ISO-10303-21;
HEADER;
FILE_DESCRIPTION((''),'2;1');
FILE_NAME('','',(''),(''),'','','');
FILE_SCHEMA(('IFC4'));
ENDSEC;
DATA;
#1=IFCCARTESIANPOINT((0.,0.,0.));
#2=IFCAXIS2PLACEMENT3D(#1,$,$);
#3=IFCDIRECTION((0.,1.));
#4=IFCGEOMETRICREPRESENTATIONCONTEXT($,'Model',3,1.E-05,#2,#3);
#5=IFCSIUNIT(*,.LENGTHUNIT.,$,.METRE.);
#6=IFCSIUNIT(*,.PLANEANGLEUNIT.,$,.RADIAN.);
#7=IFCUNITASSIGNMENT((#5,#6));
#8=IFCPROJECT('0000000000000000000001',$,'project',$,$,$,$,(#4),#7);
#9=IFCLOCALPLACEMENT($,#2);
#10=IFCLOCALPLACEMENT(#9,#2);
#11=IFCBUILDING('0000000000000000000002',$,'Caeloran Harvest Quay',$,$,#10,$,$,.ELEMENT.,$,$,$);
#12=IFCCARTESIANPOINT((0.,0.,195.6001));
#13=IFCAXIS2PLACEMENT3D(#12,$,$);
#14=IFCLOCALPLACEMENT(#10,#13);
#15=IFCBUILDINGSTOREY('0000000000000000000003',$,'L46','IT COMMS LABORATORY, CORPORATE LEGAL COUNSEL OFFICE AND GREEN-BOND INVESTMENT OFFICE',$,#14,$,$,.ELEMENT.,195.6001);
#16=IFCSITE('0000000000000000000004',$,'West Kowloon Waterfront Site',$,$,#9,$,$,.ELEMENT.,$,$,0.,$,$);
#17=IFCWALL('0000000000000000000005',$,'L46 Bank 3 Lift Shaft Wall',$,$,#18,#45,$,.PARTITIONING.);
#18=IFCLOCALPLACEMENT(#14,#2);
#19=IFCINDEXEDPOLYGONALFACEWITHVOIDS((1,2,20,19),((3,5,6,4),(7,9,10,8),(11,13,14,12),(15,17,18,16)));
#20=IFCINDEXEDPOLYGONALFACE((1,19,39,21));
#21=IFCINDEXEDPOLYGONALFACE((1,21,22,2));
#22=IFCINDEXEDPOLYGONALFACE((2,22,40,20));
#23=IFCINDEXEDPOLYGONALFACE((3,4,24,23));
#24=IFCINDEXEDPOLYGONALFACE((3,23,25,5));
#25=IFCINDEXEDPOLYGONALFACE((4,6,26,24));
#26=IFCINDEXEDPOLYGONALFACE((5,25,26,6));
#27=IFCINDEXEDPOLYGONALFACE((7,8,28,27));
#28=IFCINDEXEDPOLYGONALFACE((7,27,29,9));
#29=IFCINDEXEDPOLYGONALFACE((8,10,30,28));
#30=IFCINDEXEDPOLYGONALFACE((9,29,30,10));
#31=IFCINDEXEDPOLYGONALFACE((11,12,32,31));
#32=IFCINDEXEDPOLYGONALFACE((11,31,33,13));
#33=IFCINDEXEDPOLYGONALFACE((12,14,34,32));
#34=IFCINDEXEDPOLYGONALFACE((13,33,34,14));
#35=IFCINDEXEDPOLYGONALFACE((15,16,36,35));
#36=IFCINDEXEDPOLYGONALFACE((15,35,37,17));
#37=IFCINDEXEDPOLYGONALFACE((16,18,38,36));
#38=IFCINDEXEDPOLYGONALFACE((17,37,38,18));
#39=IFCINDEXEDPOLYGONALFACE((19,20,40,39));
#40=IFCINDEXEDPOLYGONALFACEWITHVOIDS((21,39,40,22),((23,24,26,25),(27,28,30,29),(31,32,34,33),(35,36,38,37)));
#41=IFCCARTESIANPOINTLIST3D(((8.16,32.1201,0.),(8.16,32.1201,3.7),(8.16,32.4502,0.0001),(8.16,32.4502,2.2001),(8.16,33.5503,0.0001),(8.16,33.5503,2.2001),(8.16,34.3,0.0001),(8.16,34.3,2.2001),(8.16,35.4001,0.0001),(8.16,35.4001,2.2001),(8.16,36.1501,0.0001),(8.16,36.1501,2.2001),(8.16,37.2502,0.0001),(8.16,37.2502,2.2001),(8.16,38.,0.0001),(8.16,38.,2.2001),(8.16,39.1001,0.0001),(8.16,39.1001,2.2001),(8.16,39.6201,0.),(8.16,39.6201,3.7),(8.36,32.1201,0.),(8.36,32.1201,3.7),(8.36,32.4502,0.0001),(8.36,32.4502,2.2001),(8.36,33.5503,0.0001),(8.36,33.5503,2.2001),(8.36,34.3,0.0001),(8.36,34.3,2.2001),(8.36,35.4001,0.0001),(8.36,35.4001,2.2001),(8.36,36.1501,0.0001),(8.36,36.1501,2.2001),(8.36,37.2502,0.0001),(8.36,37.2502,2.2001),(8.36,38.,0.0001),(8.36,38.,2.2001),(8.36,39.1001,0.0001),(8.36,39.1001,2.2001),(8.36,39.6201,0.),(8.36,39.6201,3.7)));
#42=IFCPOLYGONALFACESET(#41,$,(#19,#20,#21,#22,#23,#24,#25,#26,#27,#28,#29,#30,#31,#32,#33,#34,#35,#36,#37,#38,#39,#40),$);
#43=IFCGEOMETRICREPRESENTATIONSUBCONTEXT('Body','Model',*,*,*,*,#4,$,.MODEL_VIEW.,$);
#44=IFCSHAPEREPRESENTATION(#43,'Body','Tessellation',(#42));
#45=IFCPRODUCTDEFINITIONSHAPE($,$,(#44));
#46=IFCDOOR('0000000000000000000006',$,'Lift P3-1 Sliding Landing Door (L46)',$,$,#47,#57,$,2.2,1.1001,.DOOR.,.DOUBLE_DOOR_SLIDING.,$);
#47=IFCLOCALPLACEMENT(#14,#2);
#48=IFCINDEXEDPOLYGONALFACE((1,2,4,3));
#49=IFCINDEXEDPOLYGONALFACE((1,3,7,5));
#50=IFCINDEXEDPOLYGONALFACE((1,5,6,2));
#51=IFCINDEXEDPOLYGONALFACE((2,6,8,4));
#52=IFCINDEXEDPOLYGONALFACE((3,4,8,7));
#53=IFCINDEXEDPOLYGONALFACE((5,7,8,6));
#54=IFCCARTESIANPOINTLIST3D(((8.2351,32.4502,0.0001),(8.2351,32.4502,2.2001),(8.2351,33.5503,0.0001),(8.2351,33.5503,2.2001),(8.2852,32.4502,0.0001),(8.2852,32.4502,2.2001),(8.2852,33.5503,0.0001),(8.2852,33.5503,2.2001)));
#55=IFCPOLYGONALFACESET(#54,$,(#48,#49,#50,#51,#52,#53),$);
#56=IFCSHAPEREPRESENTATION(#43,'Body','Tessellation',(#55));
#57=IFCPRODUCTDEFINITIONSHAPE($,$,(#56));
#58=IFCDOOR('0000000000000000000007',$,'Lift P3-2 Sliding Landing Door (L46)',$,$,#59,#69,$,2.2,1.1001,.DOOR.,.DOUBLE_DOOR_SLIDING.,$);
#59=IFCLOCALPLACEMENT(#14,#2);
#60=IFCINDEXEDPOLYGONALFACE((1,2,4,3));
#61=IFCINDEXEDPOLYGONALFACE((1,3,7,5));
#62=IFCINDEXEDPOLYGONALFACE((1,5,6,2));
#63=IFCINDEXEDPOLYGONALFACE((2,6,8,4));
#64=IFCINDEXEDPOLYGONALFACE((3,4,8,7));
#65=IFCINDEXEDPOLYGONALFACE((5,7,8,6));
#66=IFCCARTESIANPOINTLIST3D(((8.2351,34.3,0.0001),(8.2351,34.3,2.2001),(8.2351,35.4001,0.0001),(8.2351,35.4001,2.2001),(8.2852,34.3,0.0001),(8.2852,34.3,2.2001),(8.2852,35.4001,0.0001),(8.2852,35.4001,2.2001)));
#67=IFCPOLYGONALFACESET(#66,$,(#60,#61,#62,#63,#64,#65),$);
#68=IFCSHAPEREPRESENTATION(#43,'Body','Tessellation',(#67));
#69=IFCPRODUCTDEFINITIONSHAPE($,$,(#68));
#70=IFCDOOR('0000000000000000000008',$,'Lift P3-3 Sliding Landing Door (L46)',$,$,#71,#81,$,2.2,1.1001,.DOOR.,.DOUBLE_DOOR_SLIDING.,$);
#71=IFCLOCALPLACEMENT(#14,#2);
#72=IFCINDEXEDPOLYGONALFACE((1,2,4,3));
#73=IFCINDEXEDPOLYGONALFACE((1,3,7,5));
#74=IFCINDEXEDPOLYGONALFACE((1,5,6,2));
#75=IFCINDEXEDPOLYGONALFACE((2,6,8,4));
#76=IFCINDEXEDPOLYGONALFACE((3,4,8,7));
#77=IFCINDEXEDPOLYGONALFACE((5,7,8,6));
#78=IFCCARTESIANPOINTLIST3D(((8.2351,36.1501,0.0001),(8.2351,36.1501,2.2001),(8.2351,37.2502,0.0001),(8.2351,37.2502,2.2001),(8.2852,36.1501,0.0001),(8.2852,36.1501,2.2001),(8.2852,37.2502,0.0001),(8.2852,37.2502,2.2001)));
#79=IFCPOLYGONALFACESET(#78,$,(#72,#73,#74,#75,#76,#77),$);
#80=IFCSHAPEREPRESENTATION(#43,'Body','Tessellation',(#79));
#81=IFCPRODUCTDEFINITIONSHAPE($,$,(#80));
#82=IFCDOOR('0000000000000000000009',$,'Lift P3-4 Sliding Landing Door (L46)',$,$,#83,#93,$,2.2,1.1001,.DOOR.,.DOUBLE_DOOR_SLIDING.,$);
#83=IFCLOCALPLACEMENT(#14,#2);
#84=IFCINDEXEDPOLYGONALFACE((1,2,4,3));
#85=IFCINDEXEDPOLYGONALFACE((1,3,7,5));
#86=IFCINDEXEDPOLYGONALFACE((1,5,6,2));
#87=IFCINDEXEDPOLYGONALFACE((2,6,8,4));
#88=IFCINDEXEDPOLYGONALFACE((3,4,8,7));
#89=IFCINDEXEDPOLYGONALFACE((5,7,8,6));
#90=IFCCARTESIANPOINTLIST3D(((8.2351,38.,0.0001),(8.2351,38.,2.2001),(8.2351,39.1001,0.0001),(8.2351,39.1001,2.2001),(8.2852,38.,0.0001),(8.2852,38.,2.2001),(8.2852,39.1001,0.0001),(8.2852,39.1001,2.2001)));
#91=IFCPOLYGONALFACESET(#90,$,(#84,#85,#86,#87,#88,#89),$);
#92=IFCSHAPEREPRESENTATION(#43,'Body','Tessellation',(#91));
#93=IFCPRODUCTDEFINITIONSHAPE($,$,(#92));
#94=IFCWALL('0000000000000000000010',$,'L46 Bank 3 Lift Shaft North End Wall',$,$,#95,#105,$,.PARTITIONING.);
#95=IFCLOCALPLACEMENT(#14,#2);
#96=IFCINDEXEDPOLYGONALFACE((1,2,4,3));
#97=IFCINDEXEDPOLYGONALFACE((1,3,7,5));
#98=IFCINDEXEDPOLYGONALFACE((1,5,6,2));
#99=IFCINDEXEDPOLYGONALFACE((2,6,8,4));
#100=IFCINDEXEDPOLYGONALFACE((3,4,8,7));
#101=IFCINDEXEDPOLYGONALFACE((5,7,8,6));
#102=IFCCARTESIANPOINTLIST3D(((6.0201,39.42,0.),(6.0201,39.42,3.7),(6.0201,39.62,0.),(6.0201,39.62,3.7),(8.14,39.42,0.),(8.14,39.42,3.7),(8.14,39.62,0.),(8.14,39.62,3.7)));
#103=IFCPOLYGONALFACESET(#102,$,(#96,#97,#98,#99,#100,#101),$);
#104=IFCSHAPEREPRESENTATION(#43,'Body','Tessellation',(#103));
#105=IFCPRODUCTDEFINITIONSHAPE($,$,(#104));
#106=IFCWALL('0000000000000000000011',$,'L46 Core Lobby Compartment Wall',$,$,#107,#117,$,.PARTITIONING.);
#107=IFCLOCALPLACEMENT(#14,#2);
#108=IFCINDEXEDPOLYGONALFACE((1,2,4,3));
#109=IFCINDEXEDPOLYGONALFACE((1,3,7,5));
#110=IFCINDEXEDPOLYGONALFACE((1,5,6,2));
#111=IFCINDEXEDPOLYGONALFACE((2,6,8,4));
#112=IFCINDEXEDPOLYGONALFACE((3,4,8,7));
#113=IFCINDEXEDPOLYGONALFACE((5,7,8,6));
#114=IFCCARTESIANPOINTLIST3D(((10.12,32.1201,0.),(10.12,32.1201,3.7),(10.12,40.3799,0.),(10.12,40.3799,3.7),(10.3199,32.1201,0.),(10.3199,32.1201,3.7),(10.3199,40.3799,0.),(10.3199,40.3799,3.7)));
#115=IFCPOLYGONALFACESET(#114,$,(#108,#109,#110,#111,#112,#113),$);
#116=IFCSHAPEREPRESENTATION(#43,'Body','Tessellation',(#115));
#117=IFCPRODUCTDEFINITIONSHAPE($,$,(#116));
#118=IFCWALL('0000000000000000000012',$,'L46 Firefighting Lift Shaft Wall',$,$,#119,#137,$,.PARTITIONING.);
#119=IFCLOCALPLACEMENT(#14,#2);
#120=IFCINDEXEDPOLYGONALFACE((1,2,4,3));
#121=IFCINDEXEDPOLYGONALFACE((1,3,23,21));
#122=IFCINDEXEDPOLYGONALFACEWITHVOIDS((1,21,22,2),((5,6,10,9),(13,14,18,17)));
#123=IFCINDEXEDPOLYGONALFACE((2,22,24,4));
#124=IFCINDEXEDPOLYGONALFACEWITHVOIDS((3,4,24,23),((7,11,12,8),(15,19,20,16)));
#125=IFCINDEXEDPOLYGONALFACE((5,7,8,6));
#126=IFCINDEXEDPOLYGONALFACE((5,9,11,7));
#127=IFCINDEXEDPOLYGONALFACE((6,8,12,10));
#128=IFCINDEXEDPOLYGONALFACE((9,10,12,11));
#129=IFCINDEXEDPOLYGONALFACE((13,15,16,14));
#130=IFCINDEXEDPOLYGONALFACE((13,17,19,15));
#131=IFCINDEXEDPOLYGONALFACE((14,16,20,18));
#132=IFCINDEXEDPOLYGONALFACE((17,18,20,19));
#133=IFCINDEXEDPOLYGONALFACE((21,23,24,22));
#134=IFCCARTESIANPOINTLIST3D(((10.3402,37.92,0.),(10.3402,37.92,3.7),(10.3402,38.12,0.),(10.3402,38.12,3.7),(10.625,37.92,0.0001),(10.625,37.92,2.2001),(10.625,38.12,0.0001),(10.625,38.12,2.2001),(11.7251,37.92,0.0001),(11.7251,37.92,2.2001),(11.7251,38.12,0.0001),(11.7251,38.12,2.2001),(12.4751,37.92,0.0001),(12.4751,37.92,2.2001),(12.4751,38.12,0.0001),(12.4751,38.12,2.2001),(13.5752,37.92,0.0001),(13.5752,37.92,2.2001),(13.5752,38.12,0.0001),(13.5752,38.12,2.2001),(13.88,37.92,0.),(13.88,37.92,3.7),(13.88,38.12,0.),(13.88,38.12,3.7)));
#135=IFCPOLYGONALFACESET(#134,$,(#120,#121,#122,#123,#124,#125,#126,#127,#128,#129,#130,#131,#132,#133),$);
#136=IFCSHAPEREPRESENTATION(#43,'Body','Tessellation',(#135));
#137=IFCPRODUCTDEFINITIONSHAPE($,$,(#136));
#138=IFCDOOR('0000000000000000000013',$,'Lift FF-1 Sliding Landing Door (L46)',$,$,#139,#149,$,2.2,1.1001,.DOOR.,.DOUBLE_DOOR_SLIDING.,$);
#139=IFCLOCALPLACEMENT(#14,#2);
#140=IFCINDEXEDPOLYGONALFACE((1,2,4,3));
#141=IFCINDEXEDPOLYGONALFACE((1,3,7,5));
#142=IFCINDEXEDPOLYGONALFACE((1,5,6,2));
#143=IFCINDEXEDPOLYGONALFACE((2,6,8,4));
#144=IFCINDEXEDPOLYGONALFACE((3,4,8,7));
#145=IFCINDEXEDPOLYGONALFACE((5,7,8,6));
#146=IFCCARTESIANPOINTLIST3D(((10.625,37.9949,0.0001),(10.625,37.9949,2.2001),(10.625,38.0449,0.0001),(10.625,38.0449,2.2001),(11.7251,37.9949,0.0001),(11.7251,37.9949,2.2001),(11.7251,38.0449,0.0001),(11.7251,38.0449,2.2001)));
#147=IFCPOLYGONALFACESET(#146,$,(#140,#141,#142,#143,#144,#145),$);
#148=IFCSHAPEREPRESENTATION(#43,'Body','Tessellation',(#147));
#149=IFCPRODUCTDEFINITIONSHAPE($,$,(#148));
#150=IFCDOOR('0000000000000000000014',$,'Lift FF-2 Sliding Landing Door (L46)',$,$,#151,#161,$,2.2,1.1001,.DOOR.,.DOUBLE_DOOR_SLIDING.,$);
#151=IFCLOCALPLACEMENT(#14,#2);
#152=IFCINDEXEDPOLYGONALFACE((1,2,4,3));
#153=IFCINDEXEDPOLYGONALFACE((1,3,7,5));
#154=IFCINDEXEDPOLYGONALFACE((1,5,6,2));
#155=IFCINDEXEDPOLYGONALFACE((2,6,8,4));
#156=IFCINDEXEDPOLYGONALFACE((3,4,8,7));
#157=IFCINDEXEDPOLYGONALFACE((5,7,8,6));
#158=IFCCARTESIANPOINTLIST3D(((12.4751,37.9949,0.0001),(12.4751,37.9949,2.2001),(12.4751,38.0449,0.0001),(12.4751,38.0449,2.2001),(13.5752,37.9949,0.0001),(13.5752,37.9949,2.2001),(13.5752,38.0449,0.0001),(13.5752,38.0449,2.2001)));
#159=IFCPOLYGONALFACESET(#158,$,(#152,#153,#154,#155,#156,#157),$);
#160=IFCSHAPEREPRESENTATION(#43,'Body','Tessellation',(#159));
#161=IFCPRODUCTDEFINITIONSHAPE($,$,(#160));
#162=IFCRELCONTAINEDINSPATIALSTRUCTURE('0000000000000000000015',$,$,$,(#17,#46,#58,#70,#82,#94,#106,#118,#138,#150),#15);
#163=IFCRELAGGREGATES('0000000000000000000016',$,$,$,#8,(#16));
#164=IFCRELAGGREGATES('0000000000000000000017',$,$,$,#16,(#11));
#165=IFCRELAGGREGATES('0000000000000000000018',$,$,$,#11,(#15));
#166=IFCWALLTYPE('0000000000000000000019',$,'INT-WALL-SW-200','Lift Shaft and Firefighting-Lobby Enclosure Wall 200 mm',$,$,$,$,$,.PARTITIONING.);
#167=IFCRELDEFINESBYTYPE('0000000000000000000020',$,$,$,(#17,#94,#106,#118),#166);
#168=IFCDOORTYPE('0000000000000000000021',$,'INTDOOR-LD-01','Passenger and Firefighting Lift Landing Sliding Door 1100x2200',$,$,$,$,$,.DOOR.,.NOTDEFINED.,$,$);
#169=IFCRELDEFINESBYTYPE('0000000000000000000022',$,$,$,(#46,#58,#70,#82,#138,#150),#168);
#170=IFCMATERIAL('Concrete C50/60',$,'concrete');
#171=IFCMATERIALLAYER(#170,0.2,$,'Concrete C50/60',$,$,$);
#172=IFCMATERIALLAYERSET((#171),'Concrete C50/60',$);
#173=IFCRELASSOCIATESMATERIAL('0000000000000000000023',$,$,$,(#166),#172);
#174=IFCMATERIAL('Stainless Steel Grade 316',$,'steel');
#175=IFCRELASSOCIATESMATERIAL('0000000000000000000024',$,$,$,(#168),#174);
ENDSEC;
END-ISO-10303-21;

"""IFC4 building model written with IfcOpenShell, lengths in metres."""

from ifc_helpers import new_model, si_unit, direction, frame, frame_2d, origin, place, context, subcontext, project, spatial, rectangle, extrude, material, layer, layer_set, type_object, element, fill, save


model = new_model("IFC4")

# Units and contexts
model_context = context("Model", 3, precision=1e-05, world=origin(), true_north=direction((0.0, 1.0)))
body_context = subcontext(model_context, "Body", "Model", "MODEL_VIEW")
ifc_project = project(units=[si_unit("LENGTHUNIT", "METRE"), si_unit("PLANEANGLEUNIT", "RADIAN")], contexts=[model_context])

# Site, building, storey
site_placement = place(None, origin())
site = spatial("IfcSite", under=ifc_project, at=site_placement, Name="West Kowloon Waterfront Site", CompositionType="ELEMENT", RefElevation=0.0)
building_placement = place(site_placement, origin())
building = spatial("IfcBuilding", under=site, at=building_placement, Name="Caeloran Harvest Quay", CompositionType="ELEMENT")
storey_placement = place(building_placement, frame((0.0, 0.0, 195.6001)))
storey = spatial("IfcBuildingStorey", under=building, at=storey_placement, Name="L46", Description="IT COMMS LABORATORY, CORPORATE LEGAL COUNSEL OFFICE AND GREEN-BOND INVESTMENT OFFICE", CompositionType="ELEMENT", Elevation=195.6001)

# Wall, openings, doors
ifc_material_1 = material(Name="Concrete C50/60", Category="concrete")
ifc_layer_1 = layer(ifc_material_1, 0.2, Name="Concrete C50/60")
ifc_layer_set_1 = layer_set([ifc_layer_1], Name="Concrete C50/60")
wall_type_1 = type_object("IfcWallType", Name="INT-WALL-SW-200", Description="Lift Shaft and Firefighting-Lobby Enclosure Wall 200 mm", PredefinedType="PARTITIONING", material=ifc_layer_set_1)
wall_1_placement = place(storey_placement, frame((8.26, 32.1201, 0.0), z_axis=(0.0, 0.0, 1.0), x_axis=(0.0, 1.0, 0.0)))
wall_1 = element("IfcWall", 1, at=wall_1_placement, inside=storey, type_object=wall_type_1, Name="L46 Bank 3 Lift Shaft Wall", PredefinedType="PARTITIONING", context=body_context, shape_type="SweptSolid", body=[
    extrude(rectangle(XDim=7.5, YDim=0.2, at=frame_2d((3.75, 0.0))), origin(), (0.0, 0.0, 1.0), 3.7),
])
opening_1_placement = place(wall_1_placement, frame((0.3301, 0.0, 0.0)))
opening_1 = element("IfcOpeningElement", 2, at=opening_1_placement, cuts=wall_1, PredefinedType="OPENING", context=body_context, shape_type="SweptSolid", body=[
    extrude(rectangle(XDim=1.1001, YDim=2.2, at=frame_2d((0.55, 1.1001))), frame((0.0, 0.1099, 0.0), z_axis=(0.0, -1.0, 0.0), x_axis=(1.0, 0.0, 0.0)), (0.0, 0.0, 1.0), 0.22),
])
opening_2_placement = place(wall_1_placement, frame((2.1799, 0.0, 0.0)))
opening_2 = element("IfcOpeningElement", 3, at=opening_2_placement, cuts=wall_1, PredefinedType="OPENING", context=body_context, shape_type="SweptSolid", body=[
    extrude(rectangle(XDim=1.1001, YDim=2.2, at=frame_2d((0.55, 1.1001))), frame((0.0, 0.1099, 0.0), z_axis=(0.0, -1.0, 0.0), x_axis=(1.0, 0.0, 0.0)), (0.0, 0.0, 1.0), 0.22),
])
opening_3_placement = place(wall_1_placement, frame((4.03, 0.0, 0.0)))
opening_3 = element("IfcOpeningElement", 4, at=opening_3_placement, cuts=wall_1, PredefinedType="OPENING", context=body_context, shape_type="SweptSolid", body=[
    extrude(rectangle(XDim=1.1001, YDim=2.2, at=frame_2d((0.55, 1.1001))), frame((0.0, 0.1099, 0.0), z_axis=(0.0, -1.0, 0.0), x_axis=(1.0, 0.0, 0.0)), (0.0, 0.0, 1.0), 0.22),
])
opening_4_placement = place(wall_1_placement, frame((5.8799, 0.0, 0.0)))
opening_4 = element("IfcOpeningElement", 5, at=opening_4_placement, cuts=wall_1, PredefinedType="OPENING", context=body_context, shape_type="SweptSolid", body=[
    extrude(rectangle(XDim=1.1001, YDim=2.2, at=frame_2d((0.55, 1.1001))), frame((0.0, 0.1099, 0.0), z_axis=(0.0, -1.0, 0.0), x_axis=(1.0, 0.0, 0.0)), (0.0, 0.0, 1.0), 0.22),
])
ifc_material_2 = material(Name="Stainless Steel Grade 316", Category="steel")
door_type_1 = type_object("IfcDoorType", Name="INTDOOR-LD-01", Description="Passenger and Firefighting Lift Landing Sliding Door 1100x2200", OperationType="NOTDEFINED", PredefinedType="DOOR", material=ifc_material_2)
door_1_placement = place(opening_1_placement, origin())
door_1 = element("IfcDoor", 6, at=door_1_placement, inside=storey, type_object=door_type_1, Name="Lift P3-1 Sliding Landing Door (L46)", OperationType="DOUBLE_DOOR_SLIDING", OverallHeight=2.2, OverallWidth=1.1001, PredefinedType="DOOR", context=body_context, shape_type="SweptSolid", body=[
    extrude(rectangle(XDim=1.1001, YDim=2.2, at=frame_2d((0.55, 1.1001))), frame((0.0, 0.0249, 0.0), z_axis=(0.0, -1.0, 0.0), x_axis=(1.0, 0.0, 0.0)), (0.0, 0.0, 1.0), 0.05),
])
fill(opening_1, door_1)
door_2_placement = place(opening_2_placement, origin())
door_2 = element("IfcDoor", 7, at=door_2_placement, inside=storey, type_object=door_type_1, Name="Lift P3-2 Sliding Landing Door (L46)", OperationType="DOUBLE_DOOR_SLIDING", OverallHeight=2.2, OverallWidth=1.1001, PredefinedType="DOOR", context=body_context, shape_type="SweptSolid", body=[
    extrude(rectangle(XDim=1.1001, YDim=2.2, at=frame_2d((0.55, 1.1001))), frame((0.0, 0.0249, 0.0), z_axis=(0.0, -1.0, 0.0), x_axis=(1.0, 0.0, 0.0)), (0.0, 0.0, 1.0), 0.05),
])
fill(opening_2, door_2)
door_3_placement = place(opening_3_placement, origin())
door_3 = element("IfcDoor", 8, at=door_3_placement, inside=storey, type_object=door_type_1, Name="Lift P3-3 Sliding Landing Door (L46)", OperationType="DOUBLE_DOOR_SLIDING", OverallHeight=2.2, OverallWidth=1.1001, PredefinedType="DOOR", context=body_context, shape_type="SweptSolid", body=[
    extrude(rectangle(XDim=1.1001, YDim=2.2, at=frame_2d((0.55, 1.1001))), frame((0.0, 0.0249, 0.0), z_axis=(0.0, -1.0, 0.0), x_axis=(1.0, 0.0, 0.0)), (0.0, 0.0, 1.0), 0.05),
])
fill(opening_3, door_3)
door_4_placement = place(opening_4_placement, origin())
door_4 = element("IfcDoor", 9, at=door_4_placement, inside=storey, type_object=door_type_1, Name="Lift P3-4 Sliding Landing Door (L46)", OperationType="DOUBLE_DOOR_SLIDING", OverallHeight=2.2, OverallWidth=1.1001, PredefinedType="DOOR", context=body_context, shape_type="SweptSolid", body=[
    extrude(rectangle(XDim=1.1001, YDim=2.2, at=frame_2d((0.55, 1.1001))), frame((0.0, 0.0249, 0.0), z_axis=(0.0, -1.0, 0.0), x_axis=(1.0, 0.0, 0.0)), (0.0, 0.0, 1.0), 0.05),
])
fill(opening_4, door_4)

# Walls
wall_2_placement = place(storey_placement, frame((6.02, 39.52, 0.0), z_axis=(0.0, 0.0, 1.0), x_axis=(1.0, 0.0, 0.0)))
element("IfcWall", 10, at=wall_2_placement, inside=storey, type_object=wall_type_1, Name="L46 Bank 3 Lift Shaft North End Wall", PredefinedType="PARTITIONING", context=body_context, shape_type="SweptSolid", body=[
    extrude(rectangle(XDim=2.1199, YDim=0.2, at=frame_2d((1.0601, 0.0))), origin(), (0.0, 0.0, 1.0), 3.7),
])
wall_3_placement = place(storey_placement, frame((10.22, 32.1201, 0.0), z_axis=(0.0, 0.0, 1.0), x_axis=(0.0, 1.0, 0.0)))
element("IfcWall", 11, at=wall_3_placement, inside=storey, type_object=wall_type_1, Name="L46 Core Lobby Compartment Wall", PredefinedType="PARTITIONING", context=body_context, shape_type="SweptSolid", body=[
    extrude(rectangle(XDim=8.2598, YDim=0.2, at=frame_2d((4.1299, 0.0))), origin(), (0.0, 0.0, 1.0), 3.7),
])

# Wall, openings, doors
wall_4_placement = place(storey_placement, frame((10.3401, 38.02, 0.0), z_axis=(0.0, 0.0, 1.0), x_axis=(1.0, 0.0, 0.0)))
wall_4 = element("IfcWall", 12, at=wall_4_placement, inside=storey, type_object=wall_type_1, Name="L46 Firefighting Lift Shaft Wall", PredefinedType="PARTITIONING", context=body_context, shape_type="SweptSolid", body=[
    extrude(rectangle(XDim=3.5398, YDim=0.2, at=frame_2d((1.77, 0.0))), origin(), (0.0, 0.0, 1.0), 3.7),
])
opening_5_placement = place(wall_4_placement, frame((0.2849, 0.0, 0.0)))
opening_5 = element("IfcOpeningElement", 13, at=opening_5_placement, cuts=wall_4, PredefinedType="OPENING", context=body_context, shape_type="SweptSolid", body=[
    extrude(rectangle(XDim=1.1001, YDim=2.2, at=frame_2d((0.55, 1.1001))), frame((0.0, 0.1099, 0.0), z_axis=(0.0, -1.0, 0.0), x_axis=(1.0, 0.0, 0.0)), (0.0, 0.0, 1.0), 0.22),
])
opening_6_placement = place(wall_4_placement, frame((2.135, 0.0, 0.0)))
opening_6 = element("IfcOpeningElement", 14, at=opening_6_placement, cuts=wall_4, PredefinedType="OPENING", context=body_context, shape_type="SweptSolid", body=[
    extrude(rectangle(XDim=1.1001, YDim=2.2, at=frame_2d((0.55, 1.1001))), frame((0.0, 0.1099, 0.0), z_axis=(0.0, -1.0, 0.0), x_axis=(1.0, 0.0, 0.0)), (0.0, 0.0, 1.0), 0.22),
])
door_5_placement = place(opening_5_placement, origin())
door_5 = element("IfcDoor", 15, at=door_5_placement, inside=storey, type_object=door_type_1, Name="Lift FF-1 Sliding Landing Door (L46)", OperationType="DOUBLE_DOOR_SLIDING", OverallHeight=2.2, OverallWidth=1.1001, PredefinedType="DOOR", context=body_context, shape_type="SweptSolid", body=[
    extrude(rectangle(XDim=1.1001, YDim=2.2, at=frame_2d((0.55, 1.1001))), frame((0.0, 0.0249, 0.0), z_axis=(0.0, -1.0, 0.0), x_axis=(1.0, 0.0, 0.0)), (0.0, 0.0, 1.0), 0.05),
])
fill(opening_5, door_5)
door_6_placement = place(opening_6_placement, origin())
door_6 = element("IfcDoor", 16, at=door_6_placement, inside=storey, type_object=door_type_1, Name="Lift FF-2 Sliding Landing Door (L46)", OperationType="DOUBLE_DOOR_SLIDING", OverallHeight=2.2, OverallWidth=1.1001, PredefinedType="DOOR", context=body_context, shape_type="SweptSolid", body=[
    extrude(rectangle(XDim=1.1001, YDim=2.2, at=frame_2d((0.55, 1.1001))), frame((0.0, 0.0249, 0.0), z_axis=(0.0, -1.0, 0.0), x_axis=(1.0, 0.0, 0.0)), (0.0, 0.0, 1.0), 0.05),
])
fill(opening_6, door_6)

save(model, "model.ifc")
